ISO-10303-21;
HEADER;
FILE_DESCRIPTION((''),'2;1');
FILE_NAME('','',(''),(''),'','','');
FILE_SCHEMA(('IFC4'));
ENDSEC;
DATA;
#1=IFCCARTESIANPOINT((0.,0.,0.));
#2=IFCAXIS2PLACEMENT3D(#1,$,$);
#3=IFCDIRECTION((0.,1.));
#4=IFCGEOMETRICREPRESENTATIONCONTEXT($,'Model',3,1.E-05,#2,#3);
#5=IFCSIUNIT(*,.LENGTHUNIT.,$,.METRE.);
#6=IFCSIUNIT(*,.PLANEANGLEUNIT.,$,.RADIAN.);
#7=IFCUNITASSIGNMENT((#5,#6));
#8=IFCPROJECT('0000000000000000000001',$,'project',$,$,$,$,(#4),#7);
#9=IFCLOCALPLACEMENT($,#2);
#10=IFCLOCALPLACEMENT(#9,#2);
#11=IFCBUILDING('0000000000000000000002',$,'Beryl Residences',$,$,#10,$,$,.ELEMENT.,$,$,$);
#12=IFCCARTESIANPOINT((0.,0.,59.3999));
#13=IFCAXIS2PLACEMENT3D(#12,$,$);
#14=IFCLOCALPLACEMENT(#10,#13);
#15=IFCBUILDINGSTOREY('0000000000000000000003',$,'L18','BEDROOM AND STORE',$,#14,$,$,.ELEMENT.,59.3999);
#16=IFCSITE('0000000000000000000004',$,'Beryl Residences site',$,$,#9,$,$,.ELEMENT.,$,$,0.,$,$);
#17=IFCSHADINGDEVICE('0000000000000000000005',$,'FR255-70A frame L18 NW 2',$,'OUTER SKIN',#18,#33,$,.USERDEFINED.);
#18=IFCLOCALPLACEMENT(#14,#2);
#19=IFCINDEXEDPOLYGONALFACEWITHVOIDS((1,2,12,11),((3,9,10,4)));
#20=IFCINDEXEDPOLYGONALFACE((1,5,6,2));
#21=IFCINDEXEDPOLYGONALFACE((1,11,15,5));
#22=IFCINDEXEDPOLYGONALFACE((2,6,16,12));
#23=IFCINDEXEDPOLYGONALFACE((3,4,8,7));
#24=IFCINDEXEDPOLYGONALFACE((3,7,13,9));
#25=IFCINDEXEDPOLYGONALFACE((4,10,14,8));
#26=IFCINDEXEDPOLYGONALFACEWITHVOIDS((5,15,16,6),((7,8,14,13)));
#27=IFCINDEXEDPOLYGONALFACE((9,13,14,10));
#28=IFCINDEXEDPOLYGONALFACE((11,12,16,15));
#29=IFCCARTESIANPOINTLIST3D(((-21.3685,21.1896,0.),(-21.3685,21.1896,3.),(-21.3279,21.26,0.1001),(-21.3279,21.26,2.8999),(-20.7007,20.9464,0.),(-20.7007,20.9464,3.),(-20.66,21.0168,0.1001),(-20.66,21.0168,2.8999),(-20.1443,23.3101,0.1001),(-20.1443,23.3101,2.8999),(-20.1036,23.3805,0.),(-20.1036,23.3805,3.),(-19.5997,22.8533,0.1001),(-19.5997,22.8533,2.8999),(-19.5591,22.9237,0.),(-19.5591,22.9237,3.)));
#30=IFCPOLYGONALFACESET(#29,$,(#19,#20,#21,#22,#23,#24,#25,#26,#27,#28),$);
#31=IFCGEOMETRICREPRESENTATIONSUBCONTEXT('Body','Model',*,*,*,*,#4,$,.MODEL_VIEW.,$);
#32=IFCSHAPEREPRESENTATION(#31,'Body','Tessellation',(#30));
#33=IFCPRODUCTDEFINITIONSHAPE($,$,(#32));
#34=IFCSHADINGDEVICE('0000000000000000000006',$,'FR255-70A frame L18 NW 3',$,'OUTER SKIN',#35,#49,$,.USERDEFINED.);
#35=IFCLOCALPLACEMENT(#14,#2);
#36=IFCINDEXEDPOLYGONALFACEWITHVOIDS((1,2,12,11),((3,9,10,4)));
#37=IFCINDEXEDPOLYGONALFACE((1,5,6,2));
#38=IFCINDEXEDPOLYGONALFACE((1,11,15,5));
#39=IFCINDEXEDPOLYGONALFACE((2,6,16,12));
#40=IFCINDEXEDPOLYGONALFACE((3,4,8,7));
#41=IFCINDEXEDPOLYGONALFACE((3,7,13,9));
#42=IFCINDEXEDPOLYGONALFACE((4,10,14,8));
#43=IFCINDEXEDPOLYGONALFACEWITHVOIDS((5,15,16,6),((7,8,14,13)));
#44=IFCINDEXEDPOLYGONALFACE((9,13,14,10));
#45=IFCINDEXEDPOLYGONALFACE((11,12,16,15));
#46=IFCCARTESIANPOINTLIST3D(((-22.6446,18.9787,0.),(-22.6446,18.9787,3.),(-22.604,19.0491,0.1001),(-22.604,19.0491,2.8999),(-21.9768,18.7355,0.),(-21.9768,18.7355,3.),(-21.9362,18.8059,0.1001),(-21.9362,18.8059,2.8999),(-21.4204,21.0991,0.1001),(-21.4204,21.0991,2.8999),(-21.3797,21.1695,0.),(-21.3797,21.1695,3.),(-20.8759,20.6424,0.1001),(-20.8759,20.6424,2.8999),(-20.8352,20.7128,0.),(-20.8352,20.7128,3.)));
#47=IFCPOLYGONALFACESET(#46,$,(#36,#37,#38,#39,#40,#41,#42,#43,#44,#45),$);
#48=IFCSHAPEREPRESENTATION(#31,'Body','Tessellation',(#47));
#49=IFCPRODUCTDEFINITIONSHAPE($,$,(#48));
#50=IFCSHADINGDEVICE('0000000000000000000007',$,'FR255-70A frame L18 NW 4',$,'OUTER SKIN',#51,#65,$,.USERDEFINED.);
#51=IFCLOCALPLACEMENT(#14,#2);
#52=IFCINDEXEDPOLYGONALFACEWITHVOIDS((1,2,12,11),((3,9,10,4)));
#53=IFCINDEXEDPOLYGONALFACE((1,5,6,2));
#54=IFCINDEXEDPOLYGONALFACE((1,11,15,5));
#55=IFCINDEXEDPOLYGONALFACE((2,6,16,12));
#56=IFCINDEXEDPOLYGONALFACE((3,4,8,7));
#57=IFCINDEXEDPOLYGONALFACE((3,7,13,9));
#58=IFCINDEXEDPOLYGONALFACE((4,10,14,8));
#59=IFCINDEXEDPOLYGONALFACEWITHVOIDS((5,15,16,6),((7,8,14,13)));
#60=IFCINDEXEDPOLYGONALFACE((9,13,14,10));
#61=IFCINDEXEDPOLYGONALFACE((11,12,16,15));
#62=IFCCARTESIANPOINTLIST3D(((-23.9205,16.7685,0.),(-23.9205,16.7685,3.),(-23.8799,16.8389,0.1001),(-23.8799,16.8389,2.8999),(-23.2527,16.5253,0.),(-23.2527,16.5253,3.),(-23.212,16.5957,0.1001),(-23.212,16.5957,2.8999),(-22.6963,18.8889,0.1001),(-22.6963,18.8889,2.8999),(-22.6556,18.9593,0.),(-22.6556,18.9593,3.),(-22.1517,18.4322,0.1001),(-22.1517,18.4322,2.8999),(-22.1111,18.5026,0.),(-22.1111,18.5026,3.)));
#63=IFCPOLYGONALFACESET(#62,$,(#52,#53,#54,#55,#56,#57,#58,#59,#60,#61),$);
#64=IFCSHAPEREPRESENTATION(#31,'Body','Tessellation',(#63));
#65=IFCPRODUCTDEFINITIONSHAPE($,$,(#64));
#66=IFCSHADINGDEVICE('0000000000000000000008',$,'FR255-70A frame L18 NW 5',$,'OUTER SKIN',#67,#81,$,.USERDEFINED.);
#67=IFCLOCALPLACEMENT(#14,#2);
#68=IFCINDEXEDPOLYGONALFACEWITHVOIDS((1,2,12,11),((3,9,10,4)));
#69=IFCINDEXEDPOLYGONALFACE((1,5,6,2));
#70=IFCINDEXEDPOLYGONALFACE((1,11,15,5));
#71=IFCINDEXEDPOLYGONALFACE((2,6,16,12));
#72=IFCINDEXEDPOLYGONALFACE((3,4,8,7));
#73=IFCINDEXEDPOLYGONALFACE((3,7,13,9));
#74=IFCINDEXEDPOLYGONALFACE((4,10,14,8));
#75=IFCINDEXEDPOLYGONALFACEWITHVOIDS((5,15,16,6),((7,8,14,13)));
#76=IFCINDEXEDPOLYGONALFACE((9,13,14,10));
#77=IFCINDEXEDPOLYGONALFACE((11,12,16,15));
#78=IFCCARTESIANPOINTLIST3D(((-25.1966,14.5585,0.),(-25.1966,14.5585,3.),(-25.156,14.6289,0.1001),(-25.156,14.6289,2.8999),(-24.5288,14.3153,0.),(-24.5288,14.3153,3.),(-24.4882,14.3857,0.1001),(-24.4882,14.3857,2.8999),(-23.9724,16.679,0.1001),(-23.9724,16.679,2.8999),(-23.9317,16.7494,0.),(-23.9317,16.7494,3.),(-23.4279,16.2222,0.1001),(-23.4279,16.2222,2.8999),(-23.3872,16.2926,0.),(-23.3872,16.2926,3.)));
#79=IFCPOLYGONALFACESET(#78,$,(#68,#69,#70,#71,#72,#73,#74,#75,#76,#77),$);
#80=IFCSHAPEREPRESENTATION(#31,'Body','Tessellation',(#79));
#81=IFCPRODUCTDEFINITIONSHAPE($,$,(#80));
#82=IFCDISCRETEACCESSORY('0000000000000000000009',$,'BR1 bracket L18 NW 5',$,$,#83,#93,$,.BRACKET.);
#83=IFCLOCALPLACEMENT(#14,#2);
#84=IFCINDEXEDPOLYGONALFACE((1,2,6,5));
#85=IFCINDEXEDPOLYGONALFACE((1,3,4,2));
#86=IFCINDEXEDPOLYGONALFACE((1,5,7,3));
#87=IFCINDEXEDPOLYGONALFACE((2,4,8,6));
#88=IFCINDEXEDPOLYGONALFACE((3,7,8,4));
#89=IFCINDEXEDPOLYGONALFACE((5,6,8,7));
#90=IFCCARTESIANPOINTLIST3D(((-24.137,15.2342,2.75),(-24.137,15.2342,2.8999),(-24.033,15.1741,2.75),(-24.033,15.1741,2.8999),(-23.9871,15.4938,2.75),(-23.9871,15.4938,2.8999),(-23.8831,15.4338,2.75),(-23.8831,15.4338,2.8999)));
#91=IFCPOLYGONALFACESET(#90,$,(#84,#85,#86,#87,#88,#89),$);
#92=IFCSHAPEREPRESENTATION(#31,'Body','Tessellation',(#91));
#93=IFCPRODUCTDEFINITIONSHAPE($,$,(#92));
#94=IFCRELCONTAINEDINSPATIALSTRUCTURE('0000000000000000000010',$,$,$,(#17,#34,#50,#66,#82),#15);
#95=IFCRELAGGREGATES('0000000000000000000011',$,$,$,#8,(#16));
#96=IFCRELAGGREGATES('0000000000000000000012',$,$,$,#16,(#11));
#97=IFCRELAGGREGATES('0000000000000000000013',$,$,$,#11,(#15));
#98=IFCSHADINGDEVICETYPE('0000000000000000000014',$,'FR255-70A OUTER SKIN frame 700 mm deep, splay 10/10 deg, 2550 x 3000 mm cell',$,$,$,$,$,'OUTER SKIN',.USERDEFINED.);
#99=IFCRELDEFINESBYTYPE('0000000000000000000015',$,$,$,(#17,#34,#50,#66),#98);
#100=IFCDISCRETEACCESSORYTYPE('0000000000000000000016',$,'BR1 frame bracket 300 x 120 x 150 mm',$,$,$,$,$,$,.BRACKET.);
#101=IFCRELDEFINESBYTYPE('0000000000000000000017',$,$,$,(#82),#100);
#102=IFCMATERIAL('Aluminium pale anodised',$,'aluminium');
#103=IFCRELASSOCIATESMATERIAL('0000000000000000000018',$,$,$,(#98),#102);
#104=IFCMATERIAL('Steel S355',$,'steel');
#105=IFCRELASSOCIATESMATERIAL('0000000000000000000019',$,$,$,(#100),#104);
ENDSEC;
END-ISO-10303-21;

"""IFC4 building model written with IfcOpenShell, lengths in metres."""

from ifc_helpers import new_model, entity, si_unit, direction, frame, origin, place, context, subcontext, project, spatial, polyline, outline, extrude, source, transform, mapped, material, type_object, type_shapes, element, save


model = new_model("IFC4")

# Units and contexts
model_context = context("Model", 3, precision=1e-05, world=origin(), true_north=direction((0.0, 1.0)))
body_context = subcontext(model_context, "Body", "Model", "MODEL_VIEW")
ifc_project = project(units=[si_unit("LENGTHUNIT", "METRE"), si_unit("PLANEANGLEUNIT", "RADIAN")], contexts=[model_context])

# Site, building, storey
site_placement = place(None, origin())
site = spatial("IfcSite", under=ifc_project, at=site_placement, Name="Beryl Residences site", CompositionType="ELEMENT", RefElevation=0.0)
building_placement = place(site_placement, origin())
building = spatial("IfcBuilding", under=site, at=building_placement, Name="Beryl Residences", CompositionType="ELEMENT")
storey_placement = place(building_placement, frame((0.0, 0.0, 59.3999)))
storey = spatial("IfcBuildingStorey", under=building, at=storey_placement, Name="L18", Description="BEDROOM AND STORE", CompositionType="ELEMENT", Elevation=59.3999)

# Shading devices
ifc_material_1 = material(Name="Aluminium pale anodised", Category="aluminium")
shading_device_type = type_object("IfcShadingDeviceType", Name="FR255-70A OUTER SKIN frame 700 mm deep, splay 10/10 deg, 2550 x 3000 mm cell", ElementType="OUTER SKIN", PredefinedType="USERDEFINED", material=ifc_material_1)
cartesian_point_1 = entity("IfcCartesianPoint", [-1.1416, 0.0])
cartesian_point_2 = entity("IfcCartesianPoint", [-1.0603, 0.1001])
cartesian_point_3 = entity("IfcCartesianPoint", [-1.2649, 0.0])
cartesian_point_4 = entity("IfcCartesianPoint", [-1.1836, 0.1001])
shared_shape_1 = source(origin(), body_context, "Body", "SweptSolid", [
    entity("IfcExtrudedAreaSolidTapered", entity("IfcArbitraryProfileDefWithVoids", "AREA", None, entity("IfcPolyline", [cartesian_point_1, entity("IfcCartesianPoint", [1.1416, 0.0]), entity("IfcCartesianPoint", [1.1416, 3.0]), entity("IfcCartesianPoint", [-1.1416, 3.0]), cartesian_point_1]), [entity("IfcPolyline", [cartesian_point_2, entity("IfcCartesianPoint", [1.0603, 0.1001]), entity("IfcCartesianPoint", [1.0603, 2.8999]), entity("IfcCartesianPoint", [-1.0603, 2.8999]), cartesian_point_2])]), entity("IfcAxis2Placement3D", entity("IfcCartesianPoint", [0.0, 0.0, 0.0]), entity("IfcDirection", [0.0, 1.0, 0.0]), entity("IfcDirection", [-1.0, 0.0, 0.0])), entity("IfcDirection", [0.0, 0.0, 1.0]), 0.7, entity("IfcArbitraryProfileDefWithVoids", "AREA", None, entity("IfcPolyline", [cartesian_point_3, entity("IfcCartesianPoint", [1.2649, 0.0]), entity("IfcCartesianPoint", [1.2649, 3.0]), entity("IfcCartesianPoint", [-1.2649, 3.0]), cartesian_point_3]), [entity("IfcPolyline", [cartesian_point_4, entity("IfcCartesianPoint", [1.1836, 0.1001]), entity("IfcCartesianPoint", [1.1836, 2.8999]), entity("IfcCartesianPoint", [-1.1836, 2.8999]), cartesian_point_4])])),
])
type_shapes(shading_device_type, [shared_shape_1])
for number, where, z_axis, x_axis, name in (
    (1, (-20.1299, 21.9351, 0.0), (0.0, 0.0, 1.0), (0.5, 0.866025, 0.0), "FR255-70A frame L18 NW 2"),
    (2, (-21.406, 19.7241, 0.0), (0.0, 0.0, 1.0), (0.5, 0.866025, 0.0), "FR255-70A frame L18 NW 3"),
    (3, (-22.6819, 17.5139, 0.0), (0.0, 0.0, 1.0), (0.5, 0.866025, 0.0), "FR255-70A frame L18 NW 4"),
    (4, (-23.958, 15.304, 0.0), (0.0, 0.0, 1.0), (0.5, 0.866025, 0.0), "FR255-70A frame L18 NW 5"),
):
    element("IfcShadingDevice", number, at=place(storey_placement, frame(where, z_axis=z_axis, x_axis=x_axis)), inside=storey, type_object=shading_device_type, Name=name, ObjectType="OUTER SKIN", PredefinedType="USERDEFINED", context=body_context, shape_type="MappedRepresentation", body=[
        mapped(shared_shape_1, transform((0.0, 0.0, 0.0))),
    ])

# Discrete accessory
ifc_material_2 = material(Name="Steel S355", Category="steel")
discrete_accessory_type = type_object("IfcDiscreteAccessoryType", Name="BR1 frame bracket 300 x 120 x 150 mm", PredefinedType="BRACKET", material=ifc_material_2)
shared_shape_2 = source(origin(), body_context, "Body", "SweptSolid", [
    extrude(outline(polyline([(-0.1499, 0.0), (0.1499, 0.0), (0.1499, 0.1201), (-0.1499, 0.1201), (-0.1499, 0.0)])), origin(), (0.0, 0.0, 1.0), 0.1499),
])
type_shapes(discrete_accessory_type, [shared_shape_2])
discrete_accessory_placement = place(storey_placement, frame((-23.958, 15.304, 2.75), z_axis=(0.0, 0.0, 1.0), x_axis=(0.5, 0.866025, 0.0)))
element("IfcDiscreteAccessory", 5, at=discrete_accessory_placement, inside=storey, type_object=discrete_accessory_type, Name="BR1 bracket L18 NW 5", PredefinedType="BRACKET", context=body_context, shape_type="MappedRepresentation", body=[
    mapped(shared_shape_2, transform((0.0, 0.0, 0.0))),
])

save(model, "model.ifc")
